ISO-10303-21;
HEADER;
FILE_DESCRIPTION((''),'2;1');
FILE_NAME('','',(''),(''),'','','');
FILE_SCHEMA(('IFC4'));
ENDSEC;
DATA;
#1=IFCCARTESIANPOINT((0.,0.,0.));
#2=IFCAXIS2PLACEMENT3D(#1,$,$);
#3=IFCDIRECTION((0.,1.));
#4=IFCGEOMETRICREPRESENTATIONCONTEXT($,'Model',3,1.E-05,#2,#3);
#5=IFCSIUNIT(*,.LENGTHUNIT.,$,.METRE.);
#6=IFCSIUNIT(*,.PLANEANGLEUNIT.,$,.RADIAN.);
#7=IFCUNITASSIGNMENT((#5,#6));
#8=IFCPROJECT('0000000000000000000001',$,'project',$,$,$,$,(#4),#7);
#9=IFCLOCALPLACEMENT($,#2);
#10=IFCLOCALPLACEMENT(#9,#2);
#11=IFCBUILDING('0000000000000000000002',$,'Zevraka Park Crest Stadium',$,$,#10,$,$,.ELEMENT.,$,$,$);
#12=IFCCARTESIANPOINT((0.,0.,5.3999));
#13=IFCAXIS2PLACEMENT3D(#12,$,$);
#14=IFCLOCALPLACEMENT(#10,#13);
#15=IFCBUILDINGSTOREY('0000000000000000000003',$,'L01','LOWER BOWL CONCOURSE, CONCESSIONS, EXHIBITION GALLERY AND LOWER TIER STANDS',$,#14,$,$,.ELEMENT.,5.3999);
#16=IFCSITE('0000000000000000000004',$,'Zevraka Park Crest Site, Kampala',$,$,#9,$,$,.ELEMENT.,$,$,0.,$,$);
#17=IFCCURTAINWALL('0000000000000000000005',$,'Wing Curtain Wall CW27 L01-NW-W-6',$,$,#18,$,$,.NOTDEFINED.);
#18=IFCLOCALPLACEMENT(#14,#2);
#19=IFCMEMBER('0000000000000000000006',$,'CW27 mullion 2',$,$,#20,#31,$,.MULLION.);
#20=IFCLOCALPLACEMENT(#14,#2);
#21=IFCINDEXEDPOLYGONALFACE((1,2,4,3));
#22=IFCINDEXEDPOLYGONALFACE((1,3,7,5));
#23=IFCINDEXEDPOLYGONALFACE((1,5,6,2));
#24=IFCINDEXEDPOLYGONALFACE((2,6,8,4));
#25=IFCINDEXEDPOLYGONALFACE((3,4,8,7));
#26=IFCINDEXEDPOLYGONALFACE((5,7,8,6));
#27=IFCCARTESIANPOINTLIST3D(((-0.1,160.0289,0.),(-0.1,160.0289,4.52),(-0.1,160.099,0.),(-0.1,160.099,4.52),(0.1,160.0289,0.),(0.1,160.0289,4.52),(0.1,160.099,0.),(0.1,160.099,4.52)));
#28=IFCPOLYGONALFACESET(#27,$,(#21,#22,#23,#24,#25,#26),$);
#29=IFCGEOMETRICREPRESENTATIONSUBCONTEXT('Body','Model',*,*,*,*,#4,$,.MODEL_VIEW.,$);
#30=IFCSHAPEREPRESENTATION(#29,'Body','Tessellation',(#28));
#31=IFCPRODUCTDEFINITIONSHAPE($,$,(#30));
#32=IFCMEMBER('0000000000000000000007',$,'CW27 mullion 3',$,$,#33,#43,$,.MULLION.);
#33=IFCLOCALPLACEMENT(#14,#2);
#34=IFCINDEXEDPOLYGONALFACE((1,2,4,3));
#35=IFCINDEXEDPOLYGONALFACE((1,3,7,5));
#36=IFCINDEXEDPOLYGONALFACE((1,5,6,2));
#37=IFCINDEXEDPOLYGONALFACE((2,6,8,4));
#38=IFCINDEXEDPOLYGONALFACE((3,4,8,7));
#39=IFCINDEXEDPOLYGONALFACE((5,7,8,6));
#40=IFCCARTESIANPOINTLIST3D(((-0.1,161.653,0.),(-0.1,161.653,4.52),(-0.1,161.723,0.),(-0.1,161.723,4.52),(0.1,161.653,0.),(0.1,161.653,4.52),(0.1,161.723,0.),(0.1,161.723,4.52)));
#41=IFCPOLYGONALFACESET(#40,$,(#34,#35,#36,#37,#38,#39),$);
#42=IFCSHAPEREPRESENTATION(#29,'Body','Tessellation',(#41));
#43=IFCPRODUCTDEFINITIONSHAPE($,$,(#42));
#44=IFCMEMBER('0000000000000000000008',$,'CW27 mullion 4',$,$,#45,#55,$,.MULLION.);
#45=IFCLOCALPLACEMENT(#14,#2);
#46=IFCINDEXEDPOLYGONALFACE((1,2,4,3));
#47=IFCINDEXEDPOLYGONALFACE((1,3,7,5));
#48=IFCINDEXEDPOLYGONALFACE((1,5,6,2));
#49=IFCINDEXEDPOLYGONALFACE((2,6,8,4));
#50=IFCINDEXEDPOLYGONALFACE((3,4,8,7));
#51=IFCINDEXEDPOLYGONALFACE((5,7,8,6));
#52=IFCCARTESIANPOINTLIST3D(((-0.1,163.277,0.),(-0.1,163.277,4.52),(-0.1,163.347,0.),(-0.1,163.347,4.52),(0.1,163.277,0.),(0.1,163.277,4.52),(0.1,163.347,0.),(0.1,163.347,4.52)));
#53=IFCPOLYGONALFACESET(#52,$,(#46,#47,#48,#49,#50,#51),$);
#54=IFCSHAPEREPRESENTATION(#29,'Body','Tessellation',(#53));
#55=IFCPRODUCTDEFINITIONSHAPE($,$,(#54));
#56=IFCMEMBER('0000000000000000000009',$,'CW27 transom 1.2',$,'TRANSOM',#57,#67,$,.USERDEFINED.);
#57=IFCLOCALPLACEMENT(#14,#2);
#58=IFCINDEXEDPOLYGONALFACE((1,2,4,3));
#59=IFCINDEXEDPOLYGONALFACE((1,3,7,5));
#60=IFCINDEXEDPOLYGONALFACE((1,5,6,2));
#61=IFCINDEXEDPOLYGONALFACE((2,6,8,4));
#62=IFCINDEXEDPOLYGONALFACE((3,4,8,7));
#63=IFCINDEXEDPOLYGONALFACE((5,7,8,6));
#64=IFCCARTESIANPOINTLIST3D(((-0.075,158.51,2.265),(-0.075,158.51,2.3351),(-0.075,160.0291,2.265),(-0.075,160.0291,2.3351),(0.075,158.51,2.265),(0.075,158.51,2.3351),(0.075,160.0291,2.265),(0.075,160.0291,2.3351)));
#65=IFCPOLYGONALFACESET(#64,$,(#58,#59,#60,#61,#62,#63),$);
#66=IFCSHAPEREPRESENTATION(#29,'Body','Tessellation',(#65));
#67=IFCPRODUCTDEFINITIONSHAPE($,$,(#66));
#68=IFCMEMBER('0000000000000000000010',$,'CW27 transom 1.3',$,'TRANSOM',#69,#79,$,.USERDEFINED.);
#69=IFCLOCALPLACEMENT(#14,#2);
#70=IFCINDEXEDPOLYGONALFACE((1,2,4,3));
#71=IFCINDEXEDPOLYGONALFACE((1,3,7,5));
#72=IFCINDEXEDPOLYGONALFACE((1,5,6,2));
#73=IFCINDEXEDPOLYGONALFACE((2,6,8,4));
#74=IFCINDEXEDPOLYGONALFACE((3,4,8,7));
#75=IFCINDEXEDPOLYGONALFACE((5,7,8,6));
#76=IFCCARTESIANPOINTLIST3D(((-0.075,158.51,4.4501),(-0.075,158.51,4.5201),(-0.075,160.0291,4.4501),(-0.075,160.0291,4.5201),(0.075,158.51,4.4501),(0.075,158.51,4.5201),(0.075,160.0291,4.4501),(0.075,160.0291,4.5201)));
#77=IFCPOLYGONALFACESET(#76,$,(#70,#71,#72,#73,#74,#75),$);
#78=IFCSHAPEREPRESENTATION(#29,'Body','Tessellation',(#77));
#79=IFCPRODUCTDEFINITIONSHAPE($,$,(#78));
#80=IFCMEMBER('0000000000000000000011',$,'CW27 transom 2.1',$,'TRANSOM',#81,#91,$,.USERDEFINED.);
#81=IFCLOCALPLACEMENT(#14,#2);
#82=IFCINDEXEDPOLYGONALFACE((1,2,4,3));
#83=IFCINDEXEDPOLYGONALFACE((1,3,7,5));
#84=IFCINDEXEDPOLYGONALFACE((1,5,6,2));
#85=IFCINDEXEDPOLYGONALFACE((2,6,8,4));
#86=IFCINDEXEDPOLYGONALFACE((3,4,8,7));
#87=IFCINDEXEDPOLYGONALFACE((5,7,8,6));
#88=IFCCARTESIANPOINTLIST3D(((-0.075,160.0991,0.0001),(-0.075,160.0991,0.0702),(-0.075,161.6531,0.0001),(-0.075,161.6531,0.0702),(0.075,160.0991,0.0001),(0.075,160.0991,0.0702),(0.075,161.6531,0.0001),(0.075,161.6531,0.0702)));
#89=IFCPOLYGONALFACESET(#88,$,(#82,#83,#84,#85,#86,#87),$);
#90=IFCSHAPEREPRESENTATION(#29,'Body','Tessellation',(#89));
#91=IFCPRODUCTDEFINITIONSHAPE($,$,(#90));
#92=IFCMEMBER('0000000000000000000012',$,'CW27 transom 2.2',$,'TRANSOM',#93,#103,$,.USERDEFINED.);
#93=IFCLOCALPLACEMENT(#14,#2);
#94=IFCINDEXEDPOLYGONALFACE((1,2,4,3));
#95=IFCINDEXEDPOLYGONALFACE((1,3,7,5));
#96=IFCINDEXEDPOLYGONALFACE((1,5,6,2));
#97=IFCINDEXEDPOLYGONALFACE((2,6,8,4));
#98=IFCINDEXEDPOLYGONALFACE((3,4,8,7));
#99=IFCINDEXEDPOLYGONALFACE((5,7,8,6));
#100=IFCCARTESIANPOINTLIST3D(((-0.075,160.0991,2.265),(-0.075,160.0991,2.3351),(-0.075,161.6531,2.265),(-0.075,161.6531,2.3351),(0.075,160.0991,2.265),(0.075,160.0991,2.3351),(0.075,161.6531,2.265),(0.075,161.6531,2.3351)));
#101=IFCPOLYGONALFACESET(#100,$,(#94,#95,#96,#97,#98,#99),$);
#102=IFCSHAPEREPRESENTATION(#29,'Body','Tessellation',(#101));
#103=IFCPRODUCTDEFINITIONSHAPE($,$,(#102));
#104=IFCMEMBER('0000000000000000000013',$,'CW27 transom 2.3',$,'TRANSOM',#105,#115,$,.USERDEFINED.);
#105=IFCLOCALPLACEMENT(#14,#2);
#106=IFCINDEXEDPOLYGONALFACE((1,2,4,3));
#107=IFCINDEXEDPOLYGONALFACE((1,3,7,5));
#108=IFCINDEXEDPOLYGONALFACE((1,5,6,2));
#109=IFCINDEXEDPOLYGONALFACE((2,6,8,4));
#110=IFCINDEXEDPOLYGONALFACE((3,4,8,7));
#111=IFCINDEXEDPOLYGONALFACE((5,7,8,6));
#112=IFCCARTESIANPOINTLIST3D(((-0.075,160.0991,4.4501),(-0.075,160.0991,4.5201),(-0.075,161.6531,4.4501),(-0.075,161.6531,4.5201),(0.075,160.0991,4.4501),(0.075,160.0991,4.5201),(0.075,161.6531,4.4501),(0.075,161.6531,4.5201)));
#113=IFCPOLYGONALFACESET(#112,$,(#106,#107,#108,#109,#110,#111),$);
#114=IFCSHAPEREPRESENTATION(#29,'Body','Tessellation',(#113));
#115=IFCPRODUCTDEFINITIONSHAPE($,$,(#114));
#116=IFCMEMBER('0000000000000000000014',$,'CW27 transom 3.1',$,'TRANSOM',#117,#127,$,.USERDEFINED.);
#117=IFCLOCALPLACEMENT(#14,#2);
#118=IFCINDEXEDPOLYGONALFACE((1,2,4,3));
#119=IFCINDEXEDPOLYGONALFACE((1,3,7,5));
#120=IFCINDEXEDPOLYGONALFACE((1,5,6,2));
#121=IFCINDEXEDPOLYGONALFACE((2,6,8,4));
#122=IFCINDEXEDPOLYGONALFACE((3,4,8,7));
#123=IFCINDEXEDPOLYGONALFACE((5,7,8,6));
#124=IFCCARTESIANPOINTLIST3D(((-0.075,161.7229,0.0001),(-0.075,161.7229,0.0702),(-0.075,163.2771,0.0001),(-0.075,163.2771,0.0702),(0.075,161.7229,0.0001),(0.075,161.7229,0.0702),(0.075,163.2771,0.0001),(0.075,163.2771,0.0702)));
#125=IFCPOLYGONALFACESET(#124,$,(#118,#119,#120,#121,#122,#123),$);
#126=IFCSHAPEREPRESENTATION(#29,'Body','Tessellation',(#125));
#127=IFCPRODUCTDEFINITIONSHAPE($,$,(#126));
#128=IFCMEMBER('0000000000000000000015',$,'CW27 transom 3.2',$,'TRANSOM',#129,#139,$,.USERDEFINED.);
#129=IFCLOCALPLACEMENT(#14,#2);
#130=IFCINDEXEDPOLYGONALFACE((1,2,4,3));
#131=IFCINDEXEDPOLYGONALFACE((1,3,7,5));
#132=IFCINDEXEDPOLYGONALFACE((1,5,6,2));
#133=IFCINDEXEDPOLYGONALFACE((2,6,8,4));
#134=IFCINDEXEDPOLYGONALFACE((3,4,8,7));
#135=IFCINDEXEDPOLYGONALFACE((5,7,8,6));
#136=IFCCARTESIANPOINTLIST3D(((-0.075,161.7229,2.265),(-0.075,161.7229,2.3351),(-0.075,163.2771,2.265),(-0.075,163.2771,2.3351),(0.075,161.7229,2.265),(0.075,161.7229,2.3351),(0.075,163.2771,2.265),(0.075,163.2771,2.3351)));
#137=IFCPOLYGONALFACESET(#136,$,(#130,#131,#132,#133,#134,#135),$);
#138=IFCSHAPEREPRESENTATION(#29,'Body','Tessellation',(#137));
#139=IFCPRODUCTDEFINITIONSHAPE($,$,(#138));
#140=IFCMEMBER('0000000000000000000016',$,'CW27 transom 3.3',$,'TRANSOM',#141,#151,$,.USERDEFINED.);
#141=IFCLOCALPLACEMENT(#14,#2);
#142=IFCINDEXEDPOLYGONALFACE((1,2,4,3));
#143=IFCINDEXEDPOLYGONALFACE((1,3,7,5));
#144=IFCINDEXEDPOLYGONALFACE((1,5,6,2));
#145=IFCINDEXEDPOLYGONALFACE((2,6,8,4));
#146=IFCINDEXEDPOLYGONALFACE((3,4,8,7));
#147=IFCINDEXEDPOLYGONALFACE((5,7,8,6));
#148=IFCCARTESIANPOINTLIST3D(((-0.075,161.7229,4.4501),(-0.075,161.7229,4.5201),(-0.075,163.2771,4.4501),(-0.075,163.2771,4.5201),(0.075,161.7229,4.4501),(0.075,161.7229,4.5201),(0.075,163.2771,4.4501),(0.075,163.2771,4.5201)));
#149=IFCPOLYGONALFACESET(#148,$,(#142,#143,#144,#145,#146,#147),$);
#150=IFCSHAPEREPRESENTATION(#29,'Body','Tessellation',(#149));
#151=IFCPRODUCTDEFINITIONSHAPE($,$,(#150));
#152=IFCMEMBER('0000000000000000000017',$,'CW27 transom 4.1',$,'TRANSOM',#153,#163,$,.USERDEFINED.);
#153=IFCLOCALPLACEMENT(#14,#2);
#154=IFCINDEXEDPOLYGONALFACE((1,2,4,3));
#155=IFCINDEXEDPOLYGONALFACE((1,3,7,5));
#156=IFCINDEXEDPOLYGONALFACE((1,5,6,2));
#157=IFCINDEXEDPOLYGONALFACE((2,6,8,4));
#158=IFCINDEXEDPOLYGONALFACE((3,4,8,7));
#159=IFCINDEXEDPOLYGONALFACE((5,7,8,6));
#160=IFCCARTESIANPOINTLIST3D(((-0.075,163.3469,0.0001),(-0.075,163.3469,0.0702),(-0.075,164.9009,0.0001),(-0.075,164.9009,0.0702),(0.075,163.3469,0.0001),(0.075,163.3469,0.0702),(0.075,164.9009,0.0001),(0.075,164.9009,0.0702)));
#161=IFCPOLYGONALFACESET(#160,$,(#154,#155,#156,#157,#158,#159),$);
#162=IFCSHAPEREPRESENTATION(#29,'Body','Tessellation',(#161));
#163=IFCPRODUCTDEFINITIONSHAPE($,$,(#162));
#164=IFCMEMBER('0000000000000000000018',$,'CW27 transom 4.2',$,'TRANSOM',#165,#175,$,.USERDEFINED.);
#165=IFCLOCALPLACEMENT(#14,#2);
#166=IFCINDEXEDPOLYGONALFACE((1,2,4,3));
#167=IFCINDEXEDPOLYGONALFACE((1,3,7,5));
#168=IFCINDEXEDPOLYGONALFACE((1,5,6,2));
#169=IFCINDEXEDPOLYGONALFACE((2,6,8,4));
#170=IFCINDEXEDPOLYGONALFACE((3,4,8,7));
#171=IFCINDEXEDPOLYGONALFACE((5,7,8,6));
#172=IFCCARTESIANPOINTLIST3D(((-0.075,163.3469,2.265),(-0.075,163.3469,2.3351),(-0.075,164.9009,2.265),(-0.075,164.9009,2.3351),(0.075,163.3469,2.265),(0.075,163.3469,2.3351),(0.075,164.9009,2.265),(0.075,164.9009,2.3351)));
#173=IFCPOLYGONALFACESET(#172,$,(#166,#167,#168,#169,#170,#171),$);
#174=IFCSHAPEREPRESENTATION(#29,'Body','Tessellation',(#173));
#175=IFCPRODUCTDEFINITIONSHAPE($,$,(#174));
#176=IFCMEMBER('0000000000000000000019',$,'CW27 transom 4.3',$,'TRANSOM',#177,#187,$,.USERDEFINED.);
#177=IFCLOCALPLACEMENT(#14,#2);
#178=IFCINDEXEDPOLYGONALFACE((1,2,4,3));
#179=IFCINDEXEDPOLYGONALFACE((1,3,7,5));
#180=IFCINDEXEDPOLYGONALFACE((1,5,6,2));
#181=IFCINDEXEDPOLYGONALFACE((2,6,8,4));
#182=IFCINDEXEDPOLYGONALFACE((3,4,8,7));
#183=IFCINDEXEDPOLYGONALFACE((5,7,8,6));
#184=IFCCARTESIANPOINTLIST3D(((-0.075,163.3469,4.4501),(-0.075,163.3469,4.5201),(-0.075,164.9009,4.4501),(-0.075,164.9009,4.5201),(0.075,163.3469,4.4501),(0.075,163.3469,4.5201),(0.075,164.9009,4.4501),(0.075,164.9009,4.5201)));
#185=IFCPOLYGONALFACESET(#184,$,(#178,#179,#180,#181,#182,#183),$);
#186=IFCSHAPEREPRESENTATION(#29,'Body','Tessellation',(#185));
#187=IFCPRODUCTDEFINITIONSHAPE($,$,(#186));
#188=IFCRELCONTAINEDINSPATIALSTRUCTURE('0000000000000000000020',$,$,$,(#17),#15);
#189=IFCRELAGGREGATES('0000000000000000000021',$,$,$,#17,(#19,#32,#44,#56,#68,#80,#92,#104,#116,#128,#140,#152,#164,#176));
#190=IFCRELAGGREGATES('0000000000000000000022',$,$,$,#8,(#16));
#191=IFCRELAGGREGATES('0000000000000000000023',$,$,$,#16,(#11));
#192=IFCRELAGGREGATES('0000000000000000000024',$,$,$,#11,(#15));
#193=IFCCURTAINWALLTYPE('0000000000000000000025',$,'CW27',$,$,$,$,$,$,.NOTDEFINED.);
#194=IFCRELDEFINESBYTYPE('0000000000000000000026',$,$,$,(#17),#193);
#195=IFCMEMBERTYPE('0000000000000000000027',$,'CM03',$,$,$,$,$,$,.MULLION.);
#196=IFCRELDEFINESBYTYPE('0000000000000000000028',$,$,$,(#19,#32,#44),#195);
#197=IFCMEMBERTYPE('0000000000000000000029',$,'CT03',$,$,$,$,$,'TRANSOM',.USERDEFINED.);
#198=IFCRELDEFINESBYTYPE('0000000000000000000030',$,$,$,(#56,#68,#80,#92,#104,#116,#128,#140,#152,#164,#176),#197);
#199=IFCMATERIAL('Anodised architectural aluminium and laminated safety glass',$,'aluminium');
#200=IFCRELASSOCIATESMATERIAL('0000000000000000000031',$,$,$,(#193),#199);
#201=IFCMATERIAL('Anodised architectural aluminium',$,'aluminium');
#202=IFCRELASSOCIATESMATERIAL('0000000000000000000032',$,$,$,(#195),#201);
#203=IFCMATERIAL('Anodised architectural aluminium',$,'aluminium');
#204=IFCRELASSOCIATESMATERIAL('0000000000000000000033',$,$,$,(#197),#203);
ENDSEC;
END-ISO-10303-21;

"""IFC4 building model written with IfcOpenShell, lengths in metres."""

from ifc_helpers import new_model, si_unit, direction, frame, origin, origin_2d, place, context, subcontext, project, spatial, rectangle, extrude, material, material_profile, profile_set, type_object, element, aggregate, save


model = new_model("IFC4")

# Units and contexts
model_context = context("Model", 3, precision=1e-05, world=origin(), true_north=direction((0.0, 1.0)))
body_context = subcontext(model_context, "Body", "Model", "MODEL_VIEW")
ifc_project = project(units=[si_unit("LENGTHUNIT", "METRE"), si_unit("PLANEANGLEUNIT", "RADIAN")], contexts=[model_context])

# Site, building, storey
site_placement = place(None, origin())
site = spatial("IfcSite", under=ifc_project, at=site_placement, Name="Zevraka Park Crest Site, Kampala", CompositionType="ELEMENT", RefElevation=0.0)
building_placement = place(site_placement, origin())
building = spatial("IfcBuilding", under=site, at=building_placement, Name="Zevraka Park Crest Stadium", CompositionType="ELEMENT")
storey_placement = place(building_placement, frame((0.0, 0.0, 5.3999)))
storey = spatial("IfcBuildingStorey", under=building, at=storey_placement, Name="L01", Description="LOWER BOWL CONCOURSE, CONCESSIONS, EXHIBITION GALLERY AND LOWER TIER STANDS", CompositionType="ELEMENT", Elevation=5.3999)

# Curtain wall, members
ifc_material_1 = material(Name="Anodised architectural aluminium and laminated safety glass", Category="aluminium")
curtain_wall_type = type_object("IfcCurtainWallType", Name="CW27", PredefinedType="NOTDEFINED", material=ifc_material_1)
curtain_wall_placement = place(storey_placement, origin())
curtain_wall = element("IfcCurtainWall", 1, at=curtain_wall_placement, inside=storey, type_object=curtain_wall_type, Name="Wing Curtain Wall CW27 L01-NW-W-6", PredefinedType="NOTDEFINED")
ifc_material_2 = material(Name="Anodised architectural aluminium", Category="aluminium")
ifc_material_profile_1 = material_profile(ifc_material_2, rectangle(XDim=0.2, YDim=0.0701, at=origin_2d()), Name="ALU MULLION 200x70")
ifc_profile_set_1 = profile_set([ifc_material_profile_1], Name="Anodised architectural aluminium")
member_type_1 = type_object("IfcMemberType", Name="CM03", PredefinedType="MULLION", material=ifc_profile_set_1)
member_1_placement = place(storey_placement, frame((0.0, 160.064, 0.0), z_axis=(0.0, 0.0, 1.0), x_axis=(-1.0, 0.0, 0.0)))
member_1 = element("IfcMember", 2, at=member_1_placement, type_object=member_type_1, Name="CW27 mullion 2", PredefinedType="MULLION", context=body_context, shape_type="SweptSolid", body=[
    extrude(rectangle(XDim=0.2, YDim=0.0701, at=origin_2d()), origin(), (0.0, 0.0, 1.0), 4.52),
])
member_2_placement = place(storey_placement, frame((0.0, 161.688, 0.0), z_axis=(0.0, 0.0, 1.0), x_axis=(-1.0, 0.0, 0.0)))
member_2 = element("IfcMember", 3, at=member_2_placement, type_object=member_type_1, Name="CW27 mullion 3", PredefinedType="MULLION", context=body_context, shape_type="SweptSolid", body=[
    extrude(rectangle(XDim=0.2, YDim=0.0701, at=origin_2d()), origin(), (0.0, 0.0, 1.0), 4.52),
])
member_3_placement = place(storey_placement, frame((0.0, 163.312, 0.0), z_axis=(0.0, 0.0, 1.0), x_axis=(-1.0, 0.0, 0.0)))
member_3 = element("IfcMember", 4, at=member_3_placement, type_object=member_type_1, Name="CW27 mullion 4", PredefinedType="MULLION", context=body_context, shape_type="SweptSolid", body=[
    extrude(rectangle(XDim=0.2, YDim=0.0701, at=origin_2d()), origin(), (0.0, 0.0, 1.0), 4.52),
])
ifc_material_3 = material(Name="Anodised architectural aluminium", Category="aluminium")
ifc_material_profile_2 = material_profile(ifc_material_3, rectangle(XDim=0.1499, YDim=0.0701, at=origin_2d()), Name="ALU TRANSOM 150x70")
ifc_profile_set_2 = profile_set([ifc_material_profile_2], Name="Anodised architectural aluminium")
member_type_2 = type_object("IfcMemberType", Name="CT03", ElementType="TRANSOM", PredefinedType="USERDEFINED", material=ifc_profile_set_2)
member_4_placement = place(storey_placement, frame((0.0, 158.51, 2.3), z_axis=(0.0, 1.0, 0.0), x_axis=(-1.0, 0.0, 0.0)))
member_4 = element("IfcMember", 5, at=member_4_placement, type_object=member_type_2, Name="CW27 transom 1.2", ObjectType="TRANSOM", PredefinedType="USERDEFINED", context=body_context, shape_type="SweptSolid", body=[
    extrude(rectangle(XDim=0.1499, YDim=0.0701, at=origin_2d()), origin(), (0.0, 0.0, 1.0), 1.519),
])
member_5_placement = place(storey_placement, frame((0.0, 158.51, 4.4851), z_axis=(0.0, 1.0, 0.0), x_axis=(-1.0, 0.0, 0.0)))
member_5 = element("IfcMember", 6, at=member_5_placement, type_object=member_type_2, Name="CW27 transom 1.3", ObjectType="TRANSOM", PredefinedType="USERDEFINED", context=body_context, shape_type="SweptSolid", body=[
    extrude(rectangle(XDim=0.1499, YDim=0.0701, at=origin_2d()), origin(), (0.0, 0.0, 1.0), 1.519),
])
member_6_placement = place(storey_placement, frame((0.0, 160.0991, 0.0352), z_axis=(0.0, 1.0, 0.0), x_axis=(-1.0, 0.0, 0.0)))
member_6 = element("IfcMember", 7, at=member_6_placement, type_object=member_type_2, Name="CW27 transom 2.1", ObjectType="TRANSOM", PredefinedType="USERDEFINED", context=body_context, shape_type="SweptSolid", body=[
    extrude(rectangle(XDim=0.1499, YDim=0.0701, at=origin_2d()), origin(), (0.0, 0.0, 1.0), 1.554),
])
member_7_placement = place(storey_placement, frame((0.0, 160.0991, 2.3), z_axis=(0.0, 1.0, 0.0), x_axis=(-1.0, 0.0, 0.0)))
member_7 = element("IfcMember", 8, at=member_7_placement, type_object=member_type_2, Name="CW27 transom 2.2", ObjectType="TRANSOM", PredefinedType="USERDEFINED", context=body_context, shape_type="SweptSolid", body=[
    extrude(rectangle(XDim=0.1499, YDim=0.0701, at=origin_2d()), origin(), (0.0, 0.0, 1.0), 1.554),
])
member_8_placement = place(storey_placement, frame((0.0, 160.0991, 4.4851), z_axis=(0.0, 1.0, 0.0), x_axis=(-1.0, 0.0, 0.0)))
member_8 = element("IfcMember", 9, at=member_8_placement, type_object=member_type_2, Name="CW27 transom 2.3", ObjectType="TRANSOM", PredefinedType="USERDEFINED", context=body_context, shape_type="SweptSolid", body=[
    extrude(rectangle(XDim=0.1499, YDim=0.0701, at=origin_2d()), origin(), (0.0, 0.0, 1.0), 1.554),
])
member_9_placement = place(storey_placement, frame((0.0, 161.7229, 0.0352), z_axis=(0.0, 1.0, 0.0), x_axis=(-1.0, 0.0, 0.0)))
member_9 = element("IfcMember", 10, at=member_9_placement, type_object=member_type_2, Name="CW27 transom 3.1", ObjectType="TRANSOM", PredefinedType="USERDEFINED", context=body_context, shape_type="SweptSolid", body=[
    extrude(rectangle(XDim=0.1499, YDim=0.0701, at=origin_2d()), origin(), (0.0, 0.0, 1.0), 1.5542),
])
member_10_placement = place(storey_placement, frame((0.0, 161.7229, 2.3), z_axis=(0.0, 1.0, 0.0), x_axis=(-1.0, 0.0, 0.0)))
member_10 = element("IfcMember", 11, at=member_10_placement, type_object=member_type_2, Name="CW27 transom 3.2", ObjectType="TRANSOM", PredefinedType="USERDEFINED", context=body_context, shape_type="SweptSolid", body=[
    extrude(rectangle(XDim=0.1499, YDim=0.0701, at=origin_2d()), origin(), (0.0, 0.0, 1.0), 1.5542),
])
member_11_placement = place(storey_placement, frame((0.0, 161.7229, 4.4851), z_axis=(0.0, 1.0, 0.0), x_axis=(-1.0, 0.0, 0.0)))
member_11 = element("IfcMember", 12, at=member_11_placement, type_object=member_type_2, Name="CW27 transom 3.3", ObjectType="TRANSOM", PredefinedType="USERDEFINED", context=body_context, shape_type="SweptSolid", body=[
    extrude(rectangle(XDim=0.1499, YDim=0.0701, at=origin_2d()), origin(), (0.0, 0.0, 1.0), 1.5542),
])
member_12_placement = place(storey_placement, frame((0.0, 163.3469, 0.0352), z_axis=(0.0, 1.0, 0.0), x_axis=(-1.0, 0.0, 0.0)))
member_12 = element("IfcMember", 13, at=member_12_placement, type_object=member_type_2, Name="CW27 transom 4.1", ObjectType="TRANSOM", PredefinedType="USERDEFINED", context=body_context, shape_type="SweptSolid", body=[
    extrude(rectangle(XDim=0.1499, YDim=0.0701, at=origin_2d()), origin(), (0.0, 0.0, 1.0), 1.554),
])
member_13_placement = place(storey_placement, frame((0.0, 163.3469, 2.3), z_axis=(0.0, 1.0, 0.0), x_axis=(-1.0, 0.0, 0.0)))
member_13 = element("IfcMember", 14, at=member_13_placement, type_object=member_type_2, Name="CW27 transom 4.2", ObjectType="TRANSOM", PredefinedType="USERDEFINED", context=body_context, shape_type="SweptSolid", body=[
    extrude(rectangle(XDim=0.1499, YDim=0.0701, at=origin_2d()), origin(), (0.0, 0.0, 1.0), 1.554),
])
member_14_placement = place(storey_placement, frame((0.0, 163.3469, 4.4851), z_axis=(0.0, 1.0, 0.0), x_axis=(-1.0, 0.0, 0.0)))
member_14 = element("IfcMember", 15, at=member_14_placement, type_object=member_type_2, Name="CW27 transom 4.3", ObjectType="TRANSOM", PredefinedType="USERDEFINED", context=body_context, shape_type="SweptSolid", body=[
    extrude(rectangle(XDim=0.1499, YDim=0.0701, at=origin_2d()), origin(), (0.0, 0.0, 1.0), 1.554),
])
aggregate(curtain_wall, [member_1, member_2, member_3, member_4, member_5, member_6, member_7, member_8, member_9, member_10, member_11, member_12, member_13, member_14])

save(model, "model.ifc")
